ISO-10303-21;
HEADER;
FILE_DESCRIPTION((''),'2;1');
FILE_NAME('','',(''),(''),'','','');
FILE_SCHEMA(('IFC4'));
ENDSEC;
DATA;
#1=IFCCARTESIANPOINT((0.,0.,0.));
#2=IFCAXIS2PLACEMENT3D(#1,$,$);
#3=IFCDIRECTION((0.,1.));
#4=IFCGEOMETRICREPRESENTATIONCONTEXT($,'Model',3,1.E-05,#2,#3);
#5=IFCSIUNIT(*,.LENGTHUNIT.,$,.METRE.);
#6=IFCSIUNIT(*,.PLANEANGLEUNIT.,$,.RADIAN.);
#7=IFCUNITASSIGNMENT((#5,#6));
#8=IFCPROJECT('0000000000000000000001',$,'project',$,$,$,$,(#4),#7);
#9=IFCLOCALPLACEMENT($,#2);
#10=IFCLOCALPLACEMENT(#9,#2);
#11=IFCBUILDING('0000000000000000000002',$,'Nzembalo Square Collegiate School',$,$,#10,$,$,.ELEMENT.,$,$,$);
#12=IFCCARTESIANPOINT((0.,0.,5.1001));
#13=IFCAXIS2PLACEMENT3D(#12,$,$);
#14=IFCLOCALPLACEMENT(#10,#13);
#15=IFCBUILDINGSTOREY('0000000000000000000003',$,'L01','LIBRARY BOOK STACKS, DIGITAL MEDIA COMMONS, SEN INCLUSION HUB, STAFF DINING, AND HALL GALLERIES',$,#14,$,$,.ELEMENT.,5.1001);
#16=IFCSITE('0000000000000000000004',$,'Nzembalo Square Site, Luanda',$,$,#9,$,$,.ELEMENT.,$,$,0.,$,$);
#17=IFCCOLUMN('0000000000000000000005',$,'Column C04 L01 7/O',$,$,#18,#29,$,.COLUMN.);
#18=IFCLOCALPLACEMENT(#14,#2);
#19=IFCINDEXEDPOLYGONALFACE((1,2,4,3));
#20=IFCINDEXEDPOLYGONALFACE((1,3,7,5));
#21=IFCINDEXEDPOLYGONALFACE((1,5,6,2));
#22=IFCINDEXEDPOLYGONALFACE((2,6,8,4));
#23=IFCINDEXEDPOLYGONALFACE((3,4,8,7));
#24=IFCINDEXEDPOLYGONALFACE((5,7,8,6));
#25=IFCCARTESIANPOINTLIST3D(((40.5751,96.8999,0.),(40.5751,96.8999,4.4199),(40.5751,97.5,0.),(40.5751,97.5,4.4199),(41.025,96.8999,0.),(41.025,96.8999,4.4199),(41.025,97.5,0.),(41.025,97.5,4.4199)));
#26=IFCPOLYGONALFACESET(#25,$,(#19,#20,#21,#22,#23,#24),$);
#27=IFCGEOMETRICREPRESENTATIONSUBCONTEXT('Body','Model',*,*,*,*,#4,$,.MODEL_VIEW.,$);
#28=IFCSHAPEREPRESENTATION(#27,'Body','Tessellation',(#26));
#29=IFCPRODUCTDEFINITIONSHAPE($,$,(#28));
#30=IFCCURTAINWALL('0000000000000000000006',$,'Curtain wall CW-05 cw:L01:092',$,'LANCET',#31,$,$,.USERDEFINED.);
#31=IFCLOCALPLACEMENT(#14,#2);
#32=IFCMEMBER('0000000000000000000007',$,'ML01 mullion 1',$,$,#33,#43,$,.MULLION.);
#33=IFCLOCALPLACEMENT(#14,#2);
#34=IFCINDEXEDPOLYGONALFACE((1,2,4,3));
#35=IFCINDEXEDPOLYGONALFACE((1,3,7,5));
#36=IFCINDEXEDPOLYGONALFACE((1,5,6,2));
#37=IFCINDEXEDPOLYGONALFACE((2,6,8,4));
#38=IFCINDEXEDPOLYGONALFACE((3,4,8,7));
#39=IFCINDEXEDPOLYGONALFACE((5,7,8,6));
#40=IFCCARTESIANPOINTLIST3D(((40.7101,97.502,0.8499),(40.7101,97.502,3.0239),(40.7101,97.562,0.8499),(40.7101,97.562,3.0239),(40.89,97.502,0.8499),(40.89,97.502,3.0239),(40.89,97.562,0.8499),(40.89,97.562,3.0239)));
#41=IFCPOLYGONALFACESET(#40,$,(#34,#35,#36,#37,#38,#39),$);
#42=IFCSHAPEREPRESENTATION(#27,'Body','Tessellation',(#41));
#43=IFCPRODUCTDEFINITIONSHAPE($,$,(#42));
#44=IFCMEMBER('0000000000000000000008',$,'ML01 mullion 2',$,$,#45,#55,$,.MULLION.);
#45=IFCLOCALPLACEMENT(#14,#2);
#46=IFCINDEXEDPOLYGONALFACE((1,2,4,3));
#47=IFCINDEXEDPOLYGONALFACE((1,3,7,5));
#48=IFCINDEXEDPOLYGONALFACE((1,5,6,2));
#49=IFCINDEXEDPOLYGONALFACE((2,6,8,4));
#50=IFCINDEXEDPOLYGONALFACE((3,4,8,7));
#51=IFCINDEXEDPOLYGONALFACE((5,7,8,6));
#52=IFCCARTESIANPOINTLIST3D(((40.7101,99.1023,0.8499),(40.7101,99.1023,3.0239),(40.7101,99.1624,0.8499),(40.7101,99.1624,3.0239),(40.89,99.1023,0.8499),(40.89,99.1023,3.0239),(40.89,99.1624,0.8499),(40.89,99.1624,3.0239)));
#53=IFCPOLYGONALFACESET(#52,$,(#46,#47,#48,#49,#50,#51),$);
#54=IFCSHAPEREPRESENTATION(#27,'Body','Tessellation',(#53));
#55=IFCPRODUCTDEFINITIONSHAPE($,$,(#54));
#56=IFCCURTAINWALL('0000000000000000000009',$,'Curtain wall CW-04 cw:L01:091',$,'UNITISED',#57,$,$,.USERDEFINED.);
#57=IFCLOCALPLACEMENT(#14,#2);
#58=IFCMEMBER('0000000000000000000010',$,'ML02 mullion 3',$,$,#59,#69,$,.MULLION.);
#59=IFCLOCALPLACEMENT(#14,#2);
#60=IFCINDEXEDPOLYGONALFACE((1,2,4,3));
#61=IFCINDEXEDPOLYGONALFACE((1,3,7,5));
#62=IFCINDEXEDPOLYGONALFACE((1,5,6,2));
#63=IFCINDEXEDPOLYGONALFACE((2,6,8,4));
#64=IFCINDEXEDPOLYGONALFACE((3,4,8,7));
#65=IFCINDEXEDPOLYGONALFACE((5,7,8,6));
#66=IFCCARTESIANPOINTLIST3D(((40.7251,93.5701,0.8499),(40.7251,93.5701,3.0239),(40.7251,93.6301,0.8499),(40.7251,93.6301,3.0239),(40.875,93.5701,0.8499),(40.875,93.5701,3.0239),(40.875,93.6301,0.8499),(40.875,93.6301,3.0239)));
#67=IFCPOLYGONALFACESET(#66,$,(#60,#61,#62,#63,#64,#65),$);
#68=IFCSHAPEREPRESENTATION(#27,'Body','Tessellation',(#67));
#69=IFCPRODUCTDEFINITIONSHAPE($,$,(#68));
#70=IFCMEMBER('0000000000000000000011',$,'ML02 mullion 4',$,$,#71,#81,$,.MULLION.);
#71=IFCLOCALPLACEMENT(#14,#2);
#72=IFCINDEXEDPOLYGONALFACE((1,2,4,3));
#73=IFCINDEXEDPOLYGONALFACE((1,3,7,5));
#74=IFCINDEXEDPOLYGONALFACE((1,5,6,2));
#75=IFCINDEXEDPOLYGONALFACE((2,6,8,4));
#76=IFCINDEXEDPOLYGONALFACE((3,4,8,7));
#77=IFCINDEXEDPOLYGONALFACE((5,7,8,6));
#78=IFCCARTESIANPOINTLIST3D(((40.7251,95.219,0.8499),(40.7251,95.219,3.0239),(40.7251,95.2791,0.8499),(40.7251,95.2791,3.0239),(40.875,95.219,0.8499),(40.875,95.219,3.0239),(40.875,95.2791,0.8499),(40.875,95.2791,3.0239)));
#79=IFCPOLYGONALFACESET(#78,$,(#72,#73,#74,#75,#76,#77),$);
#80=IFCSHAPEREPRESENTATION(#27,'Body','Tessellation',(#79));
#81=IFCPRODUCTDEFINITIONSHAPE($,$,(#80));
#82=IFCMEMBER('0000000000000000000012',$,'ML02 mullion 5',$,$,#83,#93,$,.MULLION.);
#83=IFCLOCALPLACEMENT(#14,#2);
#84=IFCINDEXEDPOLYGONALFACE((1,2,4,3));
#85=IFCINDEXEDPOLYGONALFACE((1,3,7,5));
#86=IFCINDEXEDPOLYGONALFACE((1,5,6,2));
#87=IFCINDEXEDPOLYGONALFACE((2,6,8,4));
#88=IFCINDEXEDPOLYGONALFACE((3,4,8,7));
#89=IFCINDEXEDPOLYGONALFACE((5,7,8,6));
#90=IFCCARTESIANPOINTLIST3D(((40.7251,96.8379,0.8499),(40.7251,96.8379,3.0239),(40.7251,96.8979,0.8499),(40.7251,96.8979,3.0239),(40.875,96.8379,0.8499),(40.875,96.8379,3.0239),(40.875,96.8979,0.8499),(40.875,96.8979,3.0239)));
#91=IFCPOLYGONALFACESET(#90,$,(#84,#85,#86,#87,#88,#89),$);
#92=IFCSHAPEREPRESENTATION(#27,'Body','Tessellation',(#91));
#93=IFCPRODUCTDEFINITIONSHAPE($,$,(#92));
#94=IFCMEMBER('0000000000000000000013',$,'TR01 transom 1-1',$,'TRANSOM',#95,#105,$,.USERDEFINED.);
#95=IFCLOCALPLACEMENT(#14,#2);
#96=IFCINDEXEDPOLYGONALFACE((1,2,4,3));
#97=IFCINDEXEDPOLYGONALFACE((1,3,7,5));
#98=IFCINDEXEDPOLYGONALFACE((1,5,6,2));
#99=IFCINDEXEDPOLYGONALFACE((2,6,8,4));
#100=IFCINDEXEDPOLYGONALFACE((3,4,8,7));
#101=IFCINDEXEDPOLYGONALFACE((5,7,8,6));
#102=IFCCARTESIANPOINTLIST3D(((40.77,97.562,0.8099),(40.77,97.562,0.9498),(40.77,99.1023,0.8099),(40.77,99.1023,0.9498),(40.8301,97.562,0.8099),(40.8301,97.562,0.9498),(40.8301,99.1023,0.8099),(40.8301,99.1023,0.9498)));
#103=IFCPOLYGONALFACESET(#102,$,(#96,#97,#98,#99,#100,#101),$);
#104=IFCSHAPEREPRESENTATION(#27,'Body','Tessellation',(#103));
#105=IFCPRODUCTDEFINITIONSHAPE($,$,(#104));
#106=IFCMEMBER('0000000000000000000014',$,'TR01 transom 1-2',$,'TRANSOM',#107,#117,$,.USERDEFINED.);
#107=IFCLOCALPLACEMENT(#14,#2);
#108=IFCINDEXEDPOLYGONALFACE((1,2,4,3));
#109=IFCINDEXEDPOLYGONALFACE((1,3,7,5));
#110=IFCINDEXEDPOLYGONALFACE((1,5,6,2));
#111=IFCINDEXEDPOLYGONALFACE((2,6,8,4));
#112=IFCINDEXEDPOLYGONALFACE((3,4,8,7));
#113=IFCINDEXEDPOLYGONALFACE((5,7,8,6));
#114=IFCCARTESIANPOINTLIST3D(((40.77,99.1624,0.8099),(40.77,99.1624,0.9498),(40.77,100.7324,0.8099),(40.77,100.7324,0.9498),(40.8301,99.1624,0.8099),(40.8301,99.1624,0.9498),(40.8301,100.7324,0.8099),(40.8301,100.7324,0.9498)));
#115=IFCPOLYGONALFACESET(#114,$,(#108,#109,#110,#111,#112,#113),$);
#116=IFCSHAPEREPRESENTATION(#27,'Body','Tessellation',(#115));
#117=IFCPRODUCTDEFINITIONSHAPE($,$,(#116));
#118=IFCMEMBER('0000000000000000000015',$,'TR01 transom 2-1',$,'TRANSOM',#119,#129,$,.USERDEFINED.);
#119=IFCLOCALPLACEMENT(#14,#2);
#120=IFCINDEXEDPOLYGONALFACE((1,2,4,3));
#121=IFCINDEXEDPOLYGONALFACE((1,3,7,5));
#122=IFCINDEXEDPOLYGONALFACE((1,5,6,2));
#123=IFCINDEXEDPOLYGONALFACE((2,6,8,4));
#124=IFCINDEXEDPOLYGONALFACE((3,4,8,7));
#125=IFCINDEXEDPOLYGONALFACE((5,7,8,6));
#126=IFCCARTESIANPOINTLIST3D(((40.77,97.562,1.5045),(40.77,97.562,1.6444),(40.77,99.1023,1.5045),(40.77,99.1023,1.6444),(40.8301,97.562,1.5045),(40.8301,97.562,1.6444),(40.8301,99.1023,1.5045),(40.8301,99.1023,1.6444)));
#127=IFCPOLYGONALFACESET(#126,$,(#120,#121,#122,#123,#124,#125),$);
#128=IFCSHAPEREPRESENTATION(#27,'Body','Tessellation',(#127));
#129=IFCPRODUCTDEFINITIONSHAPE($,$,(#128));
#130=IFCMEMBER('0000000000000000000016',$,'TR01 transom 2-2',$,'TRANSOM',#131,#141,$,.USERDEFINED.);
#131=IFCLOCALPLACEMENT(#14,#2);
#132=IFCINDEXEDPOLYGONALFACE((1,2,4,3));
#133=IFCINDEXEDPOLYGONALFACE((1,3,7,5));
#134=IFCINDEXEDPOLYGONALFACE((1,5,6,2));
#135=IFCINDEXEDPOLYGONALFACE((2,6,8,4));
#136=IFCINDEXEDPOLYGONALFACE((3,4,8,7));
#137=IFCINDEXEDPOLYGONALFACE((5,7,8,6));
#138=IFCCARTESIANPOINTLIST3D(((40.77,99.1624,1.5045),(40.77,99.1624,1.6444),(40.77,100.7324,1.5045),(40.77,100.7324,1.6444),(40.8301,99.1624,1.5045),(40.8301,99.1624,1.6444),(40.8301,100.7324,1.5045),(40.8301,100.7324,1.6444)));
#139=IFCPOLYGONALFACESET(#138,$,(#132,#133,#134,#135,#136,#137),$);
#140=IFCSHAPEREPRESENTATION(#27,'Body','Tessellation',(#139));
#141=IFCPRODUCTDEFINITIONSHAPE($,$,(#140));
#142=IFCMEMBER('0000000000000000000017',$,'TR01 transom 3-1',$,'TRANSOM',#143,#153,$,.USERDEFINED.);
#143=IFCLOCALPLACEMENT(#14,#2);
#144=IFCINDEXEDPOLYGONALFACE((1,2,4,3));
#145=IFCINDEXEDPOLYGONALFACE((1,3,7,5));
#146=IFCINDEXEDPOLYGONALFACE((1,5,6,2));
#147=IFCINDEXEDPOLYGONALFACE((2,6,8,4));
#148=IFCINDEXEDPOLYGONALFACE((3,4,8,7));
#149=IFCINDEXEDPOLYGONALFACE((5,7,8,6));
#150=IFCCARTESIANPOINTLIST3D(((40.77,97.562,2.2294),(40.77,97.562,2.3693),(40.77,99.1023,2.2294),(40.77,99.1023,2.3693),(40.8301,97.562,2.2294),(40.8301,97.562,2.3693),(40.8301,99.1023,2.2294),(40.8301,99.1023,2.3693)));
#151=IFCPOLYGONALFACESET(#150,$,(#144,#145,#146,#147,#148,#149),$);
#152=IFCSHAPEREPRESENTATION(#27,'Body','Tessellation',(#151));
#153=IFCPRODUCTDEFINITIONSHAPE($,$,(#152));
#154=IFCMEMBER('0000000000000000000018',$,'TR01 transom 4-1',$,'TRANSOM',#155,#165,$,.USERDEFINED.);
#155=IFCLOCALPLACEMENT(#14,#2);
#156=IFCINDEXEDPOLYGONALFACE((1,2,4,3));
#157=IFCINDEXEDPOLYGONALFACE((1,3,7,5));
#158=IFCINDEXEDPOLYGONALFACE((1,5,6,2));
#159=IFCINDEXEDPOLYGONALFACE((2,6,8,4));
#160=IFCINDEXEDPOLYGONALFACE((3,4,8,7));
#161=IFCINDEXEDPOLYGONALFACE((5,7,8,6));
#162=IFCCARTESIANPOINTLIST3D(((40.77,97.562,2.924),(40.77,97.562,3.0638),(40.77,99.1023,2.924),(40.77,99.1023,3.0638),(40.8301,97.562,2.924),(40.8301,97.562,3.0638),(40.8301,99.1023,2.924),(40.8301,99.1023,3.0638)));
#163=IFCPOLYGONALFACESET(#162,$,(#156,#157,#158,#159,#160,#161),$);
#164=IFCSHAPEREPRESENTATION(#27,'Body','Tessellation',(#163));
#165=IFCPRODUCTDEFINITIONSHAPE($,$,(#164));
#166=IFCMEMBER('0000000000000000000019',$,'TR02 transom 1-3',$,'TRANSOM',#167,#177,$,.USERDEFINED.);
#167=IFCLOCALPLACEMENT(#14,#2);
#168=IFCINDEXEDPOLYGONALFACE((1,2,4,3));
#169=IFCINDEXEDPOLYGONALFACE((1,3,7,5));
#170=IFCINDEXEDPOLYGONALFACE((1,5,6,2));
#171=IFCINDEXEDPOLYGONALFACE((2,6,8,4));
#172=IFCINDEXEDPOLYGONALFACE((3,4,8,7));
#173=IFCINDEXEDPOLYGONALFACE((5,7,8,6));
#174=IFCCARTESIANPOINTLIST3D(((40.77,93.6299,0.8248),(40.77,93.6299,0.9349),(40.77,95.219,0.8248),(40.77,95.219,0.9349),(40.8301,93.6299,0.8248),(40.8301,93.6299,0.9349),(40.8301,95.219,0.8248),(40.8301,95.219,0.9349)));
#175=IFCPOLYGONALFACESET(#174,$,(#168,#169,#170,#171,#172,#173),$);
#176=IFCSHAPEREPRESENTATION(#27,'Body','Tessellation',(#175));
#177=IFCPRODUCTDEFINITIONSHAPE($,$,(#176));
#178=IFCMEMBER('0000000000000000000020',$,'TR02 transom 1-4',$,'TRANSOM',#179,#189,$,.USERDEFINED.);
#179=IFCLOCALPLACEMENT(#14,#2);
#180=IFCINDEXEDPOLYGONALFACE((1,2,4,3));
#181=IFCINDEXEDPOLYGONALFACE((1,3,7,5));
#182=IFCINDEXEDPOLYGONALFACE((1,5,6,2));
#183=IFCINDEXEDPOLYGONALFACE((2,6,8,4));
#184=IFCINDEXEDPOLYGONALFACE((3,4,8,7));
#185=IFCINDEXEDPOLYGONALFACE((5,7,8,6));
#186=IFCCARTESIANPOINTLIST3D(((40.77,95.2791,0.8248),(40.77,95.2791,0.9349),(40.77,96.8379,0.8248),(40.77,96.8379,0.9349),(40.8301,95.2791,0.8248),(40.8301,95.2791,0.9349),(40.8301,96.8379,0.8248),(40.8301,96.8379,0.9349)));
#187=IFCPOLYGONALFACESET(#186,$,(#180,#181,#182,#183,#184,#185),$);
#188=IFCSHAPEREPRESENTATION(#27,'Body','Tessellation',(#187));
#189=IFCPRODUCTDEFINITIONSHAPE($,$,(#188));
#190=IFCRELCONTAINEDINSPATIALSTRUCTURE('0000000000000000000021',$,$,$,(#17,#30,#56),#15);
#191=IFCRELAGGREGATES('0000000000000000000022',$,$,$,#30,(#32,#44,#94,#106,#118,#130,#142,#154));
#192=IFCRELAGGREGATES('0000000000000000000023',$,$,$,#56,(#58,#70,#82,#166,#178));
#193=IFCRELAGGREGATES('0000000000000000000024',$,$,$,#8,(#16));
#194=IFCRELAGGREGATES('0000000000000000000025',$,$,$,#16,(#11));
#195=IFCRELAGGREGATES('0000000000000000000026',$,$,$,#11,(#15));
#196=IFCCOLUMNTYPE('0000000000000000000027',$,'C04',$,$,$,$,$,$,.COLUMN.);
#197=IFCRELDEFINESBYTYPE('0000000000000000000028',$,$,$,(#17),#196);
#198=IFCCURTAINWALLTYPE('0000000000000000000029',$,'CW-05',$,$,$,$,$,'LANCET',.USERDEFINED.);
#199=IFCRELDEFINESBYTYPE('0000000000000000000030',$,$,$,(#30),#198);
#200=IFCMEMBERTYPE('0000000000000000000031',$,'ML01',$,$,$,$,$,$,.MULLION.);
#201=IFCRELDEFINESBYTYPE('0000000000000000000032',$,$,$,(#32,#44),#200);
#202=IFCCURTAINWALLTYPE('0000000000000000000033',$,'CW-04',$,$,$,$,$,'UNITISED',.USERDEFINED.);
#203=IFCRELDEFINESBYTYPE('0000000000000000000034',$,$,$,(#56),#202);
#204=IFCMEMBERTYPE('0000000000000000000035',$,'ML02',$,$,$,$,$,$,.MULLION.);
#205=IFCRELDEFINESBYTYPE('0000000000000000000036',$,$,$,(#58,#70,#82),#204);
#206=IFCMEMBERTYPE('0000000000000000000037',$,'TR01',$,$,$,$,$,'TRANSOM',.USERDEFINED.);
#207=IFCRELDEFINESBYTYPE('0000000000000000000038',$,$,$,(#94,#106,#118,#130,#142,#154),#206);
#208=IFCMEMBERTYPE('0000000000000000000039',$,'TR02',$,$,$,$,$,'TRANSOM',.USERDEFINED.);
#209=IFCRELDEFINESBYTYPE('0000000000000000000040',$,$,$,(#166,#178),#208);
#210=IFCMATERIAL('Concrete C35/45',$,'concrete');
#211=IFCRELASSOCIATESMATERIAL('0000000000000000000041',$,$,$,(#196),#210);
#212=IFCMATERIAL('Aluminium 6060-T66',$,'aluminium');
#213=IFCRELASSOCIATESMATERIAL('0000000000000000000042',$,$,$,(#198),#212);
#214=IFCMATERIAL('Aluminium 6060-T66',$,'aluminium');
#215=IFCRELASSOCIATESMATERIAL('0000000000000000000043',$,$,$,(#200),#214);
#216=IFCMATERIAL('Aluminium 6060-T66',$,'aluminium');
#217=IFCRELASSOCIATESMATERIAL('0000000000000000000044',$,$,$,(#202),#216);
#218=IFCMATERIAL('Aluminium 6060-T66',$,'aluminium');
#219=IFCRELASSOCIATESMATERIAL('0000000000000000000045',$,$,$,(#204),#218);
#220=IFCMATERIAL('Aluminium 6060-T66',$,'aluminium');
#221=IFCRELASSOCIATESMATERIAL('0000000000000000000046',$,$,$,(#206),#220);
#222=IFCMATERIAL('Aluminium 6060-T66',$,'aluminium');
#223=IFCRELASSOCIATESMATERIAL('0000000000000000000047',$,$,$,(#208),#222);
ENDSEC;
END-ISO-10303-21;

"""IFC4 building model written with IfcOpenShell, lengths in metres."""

from ifc_helpers import new_model, si_unit, direction, frame, origin, origin_2d, place, context, subcontext, project, spatial, rectangle, extrude, material, material_profile, profile_set, type_object, element, aggregate, save


model = new_model("IFC4")

# Units and contexts
model_context = context("Model", 3, precision=1e-05, world=origin(), true_north=direction((0.0, 1.0)))
body_context = subcontext(model_context, "Body", "Model", "MODEL_VIEW")
ifc_project = project(units=[si_unit("LENGTHUNIT", "METRE"), si_unit("PLANEANGLEUNIT", "RADIAN")], contexts=[model_context])

# Site, building, storey
site_placement = place(None, origin())
site = spatial("IfcSite", under=ifc_project, at=site_placement, Name="Nzembalo Square Site, Luanda", CompositionType="ELEMENT", RefElevation=0.0)
building_placement = place(site_placement, origin())
building = spatial("IfcBuilding", under=site, at=building_placement, Name="Nzembalo Square Collegiate School", CompositionType="ELEMENT")
storey_placement = place(building_placement, frame((0.0, 0.0, 5.1001)))
storey = spatial("IfcBuildingStorey", under=building, at=storey_placement, Name="L01", Description="LIBRARY BOOK STACKS, DIGITAL MEDIA COMMONS, SEN INCLUSION HUB, STAFF DINING, AND HALL GALLERIES", CompositionType="ELEMENT", Elevation=5.1001)

# Column
ifc_material_1 = material(Name="Concrete C35/45", Category="concrete")
ifc_material_profile_1 = material_profile(ifc_material_1, rectangle(XDim=0.45, YDim=0.6001, at=origin_2d()), Name="RC 450x600")
ifc_profile_set_1 = profile_set([ifc_material_profile_1], Name="Concrete C35/45")
column_type = type_object("IfcColumnType", Name="C04", PredefinedType="COLUMN", material=ifc_profile_set_1)
column_placement = place(storey_placement, frame((40.8, 97.2, 0.0), z_axis=(0.0, 0.0, 1.0), x_axis=(1.0, 0.0, 0.0)))
element("IfcColumn", 1, at=column_placement, inside=storey, type_object=column_type, Name="Column C04 L01 7/O", PredefinedType="COLUMN", context=body_context, shape_type="SweptSolid", body=[
    extrude(rectangle(XDim=0.45, YDim=0.6001, at=origin_2d()), origin(), (0.0, 0.0, 1.0), 4.4199),
])

# Curtain walls, members
ifc_material_2 = material(Name="Aluminium 6060-T66", Category="aluminium")
curtain_wall_type_1 = type_object("IfcCurtainWallType", Name="CW-05", ElementType="LANCET", PredefinedType="USERDEFINED", material=ifc_material_2)
curtain_wall_1_placement = place(storey_placement, origin())
curtain_wall_1 = element("IfcCurtainWall", 2, at=curtain_wall_1_placement, inside=storey, type_object=curtain_wall_type_1, Name="Curtain wall CW-05 cw:L01:092", ObjectType="LANCET", PredefinedType="USERDEFINED")
ifc_material_3 = material(Name="Aluminium 6060-T66", Category="aluminium")
ifc_material_profile_2 = material_profile(ifc_material_3, rectangle(XDim=0.0601, YDim=0.1799, at=origin_2d()), Name="ALU M60x180")
ifc_profile_set_2 = profile_set([ifc_material_profile_2], Name="Aluminium 6060-T66")
member_type_1 = type_object("IfcMemberType", Name="ML01", PredefinedType="MULLION", material=ifc_profile_set_2)
member_1_placement = place(storey_placement, frame((40.8, 97.532, 0.8499), z_axis=(0.0, 0.0, 1.0), x_axis=(0.0, 1.0, 0.0)))
member_1 = element("IfcMember", 3, at=member_1_placement, type_object=member_type_1, Name="ML01 mullion 1", PredefinedType="MULLION", context=body_context, shape_type="SweptSolid", body=[
    extrude(rectangle(XDim=0.0601, YDim=0.1799, at=origin_2d()), origin(), (0.0, 0.0, 1.0), 2.1741),
])
member_2_placement = place(storey_placement, frame((40.8, 99.1323, 0.8499), z_axis=(0.0, 0.0, 1.0), x_axis=(0.0, 1.0, 0.0)))
member_2 = element("IfcMember", 4, at=member_2_placement, type_object=member_type_1, Name="ML01 mullion 2", PredefinedType="MULLION", context=body_context, shape_type="SweptSolid", body=[
    extrude(rectangle(XDim=0.0601, YDim=0.1799, at=origin_2d()), origin(), (0.0, 0.0, 1.0), 2.1741),
])
ifc_material_4 = material(Name="Aluminium 6060-T66", Category="aluminium")
curtain_wall_type_2 = type_object("IfcCurtainWallType", Name="CW-04", ElementType="UNITISED", PredefinedType="USERDEFINED", material=ifc_material_4)
curtain_wall_2_placement = place(storey_placement, origin())
curtain_wall_2 = element("IfcCurtainWall", 5, at=curtain_wall_2_placement, inside=storey, type_object=curtain_wall_type_2, Name="Curtain wall CW-04 cw:L01:091", ObjectType="UNITISED", PredefinedType="USERDEFINED")
ifc_material_5 = material(Name="Aluminium 6060-T66", Category="aluminium")
ifc_material_profile_3 = material_profile(ifc_material_5, rectangle(XDim=0.0601, YDim=0.1499, at=origin_2d()), Name="ALU M60x150")
ifc_profile_set_3 = profile_set([ifc_material_profile_3], Name="Aluminium 6060-T66")
member_type_2 = type_object("IfcMemberType", Name="ML02", PredefinedType="MULLION", material=ifc_profile_set_3)
member_3_placement = place(storey_placement, frame((40.8, 93.6001, 0.8499), z_axis=(0.0, 0.0, 1.0), x_axis=(0.0, 1.0, 0.0)))
member_3 = element("IfcMember", 6, at=member_3_placement, type_object=member_type_2, Name="ML02 mullion 3", PredefinedType="MULLION", context=body_context, shape_type="SweptSolid", body=[
    extrude(rectangle(XDim=0.0601, YDim=0.1499, at=origin_2d()), origin(), (0.0, 0.0, 1.0), 2.1741),
])
member_4_placement = place(storey_placement, frame((40.8, 95.249, 0.8499), z_axis=(0.0, 0.0, 1.0), x_axis=(0.0, 1.0, 0.0)))
member_4 = element("IfcMember", 7, at=member_4_placement, type_object=member_type_2, Name="ML02 mullion 4", PredefinedType="MULLION", context=body_context, shape_type="SweptSolid", body=[
    extrude(rectangle(XDim=0.0601, YDim=0.1499, at=origin_2d()), origin(), (0.0, 0.0, 1.0), 2.1741),
])
member_5_placement = place(storey_placement, frame((40.8, 96.8679, 0.8499), z_axis=(0.0, 0.0, 1.0), x_axis=(0.0, 1.0, 0.0)))
member_5 = element("IfcMember", 8, at=member_5_placement, type_object=member_type_2, Name="ML02 mullion 5", PredefinedType="MULLION", context=body_context, shape_type="SweptSolid", body=[
    extrude(rectangle(XDim=0.0601, YDim=0.1499, at=origin_2d()), origin(), (0.0, 0.0, 1.0), 2.1741),
])

# Members
ifc_material_6 = material(Name="Aluminium 6060-T66", Category="aluminium")
ifc_material_profile_4 = material_profile(ifc_material_6, rectangle(XDim=0.0601, YDim=0.1399, at=origin_2d()), Name="ALU T60x140")
ifc_profile_set_4 = profile_set([ifc_material_profile_4], Name="Aluminium 6060-T66")
member_type_3 = type_object("IfcMemberType", Name="TR01", ElementType="TRANSOM", PredefinedType="USERDEFINED", material=ifc_profile_set_4)
member_6_placement = place(storey_placement, frame((40.8, 97.562, 0.8799), z_axis=(0.0, 1.0, 0.0), x_axis=(-1.0, 0.0, 0.0)))
member_6 = element("IfcMember", 9, at=member_6_placement, type_object=member_type_3, Name="TR01 transom 1-1", ObjectType="TRANSOM", PredefinedType="USERDEFINED", context=body_context, shape_type="SweptSolid", body=[
    extrude(rectangle(XDim=0.0601, YDim=0.1399, at=origin_2d()), origin(), (0.0, 0.0, 1.0), 1.5403),
])
member_7_placement = place(storey_placement, frame((40.8, 99.1624, 0.8799), z_axis=(0.0, 1.0, 0.0), x_axis=(-1.0, 0.0, 0.0)))
member_7 = element("IfcMember", 10, at=member_7_placement, type_object=member_type_3, Name="TR01 transom 1-2", ObjectType="TRANSOM", PredefinedType="USERDEFINED", context=body_context, shape_type="SweptSolid", body=[
    extrude(rectangle(XDim=0.0601, YDim=0.1399, at=origin_2d()), origin(), (0.0, 0.0, 1.0), 1.5701),
])
member_8_placement = place(storey_placement, frame((40.8, 97.562, 1.5745), z_axis=(0.0, 1.0, 0.0), x_axis=(-1.0, 0.0, 0.0)))
member_8 = element("IfcMember", 11, at=member_8_placement, type_object=member_type_3, Name="TR01 transom 2-1", ObjectType="TRANSOM", PredefinedType="USERDEFINED", context=body_context, shape_type="SweptSolid", body=[
    extrude(rectangle(XDim=0.0601, YDim=0.1399, at=origin_2d()), origin(), (0.0, 0.0, 1.0), 1.5403),
])
member_9_placement = place(storey_placement, frame((40.8, 99.1624, 1.5745), z_axis=(0.0, 1.0, 0.0), x_axis=(-1.0, 0.0, 0.0)))
member_9 = element("IfcMember", 12, at=member_9_placement, type_object=member_type_3, Name="TR01 transom 2-2", ObjectType="TRANSOM", PredefinedType="USERDEFINED", context=body_context, shape_type="SweptSolid", body=[
    extrude(rectangle(XDim=0.0601, YDim=0.1399, at=origin_2d()), origin(), (0.0, 0.0, 1.0), 1.5701),
])
member_10_placement = place(storey_placement, frame((40.8, 97.562, 2.2993), z_axis=(0.0, 1.0, 0.0), x_axis=(-1.0, 0.0, 0.0)))
member_10 = element("IfcMember", 13, at=member_10_placement, type_object=member_type_3, Name="TR01 transom 3-1", ObjectType="TRANSOM", PredefinedType="USERDEFINED", context=body_context, shape_type="SweptSolid", body=[
    extrude(rectangle(XDim=0.0601, YDim=0.1399, at=origin_2d()), origin(), (0.0, 0.0, 1.0), 1.5403),
])
member_11_placement = place(storey_placement, frame((40.8, 97.562, 2.9939), z_axis=(0.0, 1.0, 0.0), x_axis=(-1.0, 0.0, 0.0)))
member_11 = element("IfcMember", 14, at=member_11_placement, type_object=member_type_3, Name="TR01 transom 4-1", ObjectType="TRANSOM", PredefinedType="USERDEFINED", context=body_context, shape_type="SweptSolid", body=[
    extrude(rectangle(XDim=0.0601, YDim=0.1399, at=origin_2d()), origin(), (0.0, 0.0, 1.0), 1.5403),
])
ifc_material_7 = material(Name="Aluminium 6060-T66", Category="aluminium")
ifc_material_profile_5 = material_profile(ifc_material_7, rectangle(XDim=0.0601, YDim=0.1101, at=origin_2d()), Name="ALU T60x110")
ifc_profile_set_5 = profile_set([ifc_material_profile_5], Name="Aluminium 6060-T66")
member_type_4 = type_object("IfcMemberType", Name="TR02", ElementType="TRANSOM", PredefinedType="USERDEFINED", material=ifc_profile_set_5)
member_12_placement = place(storey_placement, frame((40.8, 93.6299, 0.8799), z_axis=(0.0, 1.0, 0.0), x_axis=(-1.0, 0.0, 0.0)))
member_12 = element("IfcMember", 15, at=member_12_placement, type_object=member_type_4, Name="TR02 transom 1-3", ObjectType="TRANSOM", PredefinedType="USERDEFINED", context=body_context, shape_type="SweptSolid", body=[
    extrude(rectangle(XDim=0.0601, YDim=0.1101, at=origin_2d()), origin(), (0.0, 0.0, 1.0), 1.5891),
])
member_13_placement = place(storey_placement, frame((40.8, 95.2791, 0.8799), z_axis=(0.0, 1.0, 0.0), x_axis=(-1.0, 0.0, 0.0)))
member_13 = element("IfcMember", 16, at=member_13_placement, type_object=member_type_4, Name="TR02 transom 1-4", ObjectType="TRANSOM", PredefinedType="USERDEFINED", context=body_context, shape_type="SweptSolid", body=[
    extrude(rectangle(XDim=0.0601, YDim=0.1101, at=origin_2d()), origin(), (0.0, 0.0, 1.0), 1.5588),
])

aggregate(curtain_wall_1, [member_1, member_2, member_6, member_7, member_8, member_9, member_10, member_11])
aggregate(curtain_wall_2, [member_3, member_4, member_5, member_12, member_13])

save(model, "model.ifc")
